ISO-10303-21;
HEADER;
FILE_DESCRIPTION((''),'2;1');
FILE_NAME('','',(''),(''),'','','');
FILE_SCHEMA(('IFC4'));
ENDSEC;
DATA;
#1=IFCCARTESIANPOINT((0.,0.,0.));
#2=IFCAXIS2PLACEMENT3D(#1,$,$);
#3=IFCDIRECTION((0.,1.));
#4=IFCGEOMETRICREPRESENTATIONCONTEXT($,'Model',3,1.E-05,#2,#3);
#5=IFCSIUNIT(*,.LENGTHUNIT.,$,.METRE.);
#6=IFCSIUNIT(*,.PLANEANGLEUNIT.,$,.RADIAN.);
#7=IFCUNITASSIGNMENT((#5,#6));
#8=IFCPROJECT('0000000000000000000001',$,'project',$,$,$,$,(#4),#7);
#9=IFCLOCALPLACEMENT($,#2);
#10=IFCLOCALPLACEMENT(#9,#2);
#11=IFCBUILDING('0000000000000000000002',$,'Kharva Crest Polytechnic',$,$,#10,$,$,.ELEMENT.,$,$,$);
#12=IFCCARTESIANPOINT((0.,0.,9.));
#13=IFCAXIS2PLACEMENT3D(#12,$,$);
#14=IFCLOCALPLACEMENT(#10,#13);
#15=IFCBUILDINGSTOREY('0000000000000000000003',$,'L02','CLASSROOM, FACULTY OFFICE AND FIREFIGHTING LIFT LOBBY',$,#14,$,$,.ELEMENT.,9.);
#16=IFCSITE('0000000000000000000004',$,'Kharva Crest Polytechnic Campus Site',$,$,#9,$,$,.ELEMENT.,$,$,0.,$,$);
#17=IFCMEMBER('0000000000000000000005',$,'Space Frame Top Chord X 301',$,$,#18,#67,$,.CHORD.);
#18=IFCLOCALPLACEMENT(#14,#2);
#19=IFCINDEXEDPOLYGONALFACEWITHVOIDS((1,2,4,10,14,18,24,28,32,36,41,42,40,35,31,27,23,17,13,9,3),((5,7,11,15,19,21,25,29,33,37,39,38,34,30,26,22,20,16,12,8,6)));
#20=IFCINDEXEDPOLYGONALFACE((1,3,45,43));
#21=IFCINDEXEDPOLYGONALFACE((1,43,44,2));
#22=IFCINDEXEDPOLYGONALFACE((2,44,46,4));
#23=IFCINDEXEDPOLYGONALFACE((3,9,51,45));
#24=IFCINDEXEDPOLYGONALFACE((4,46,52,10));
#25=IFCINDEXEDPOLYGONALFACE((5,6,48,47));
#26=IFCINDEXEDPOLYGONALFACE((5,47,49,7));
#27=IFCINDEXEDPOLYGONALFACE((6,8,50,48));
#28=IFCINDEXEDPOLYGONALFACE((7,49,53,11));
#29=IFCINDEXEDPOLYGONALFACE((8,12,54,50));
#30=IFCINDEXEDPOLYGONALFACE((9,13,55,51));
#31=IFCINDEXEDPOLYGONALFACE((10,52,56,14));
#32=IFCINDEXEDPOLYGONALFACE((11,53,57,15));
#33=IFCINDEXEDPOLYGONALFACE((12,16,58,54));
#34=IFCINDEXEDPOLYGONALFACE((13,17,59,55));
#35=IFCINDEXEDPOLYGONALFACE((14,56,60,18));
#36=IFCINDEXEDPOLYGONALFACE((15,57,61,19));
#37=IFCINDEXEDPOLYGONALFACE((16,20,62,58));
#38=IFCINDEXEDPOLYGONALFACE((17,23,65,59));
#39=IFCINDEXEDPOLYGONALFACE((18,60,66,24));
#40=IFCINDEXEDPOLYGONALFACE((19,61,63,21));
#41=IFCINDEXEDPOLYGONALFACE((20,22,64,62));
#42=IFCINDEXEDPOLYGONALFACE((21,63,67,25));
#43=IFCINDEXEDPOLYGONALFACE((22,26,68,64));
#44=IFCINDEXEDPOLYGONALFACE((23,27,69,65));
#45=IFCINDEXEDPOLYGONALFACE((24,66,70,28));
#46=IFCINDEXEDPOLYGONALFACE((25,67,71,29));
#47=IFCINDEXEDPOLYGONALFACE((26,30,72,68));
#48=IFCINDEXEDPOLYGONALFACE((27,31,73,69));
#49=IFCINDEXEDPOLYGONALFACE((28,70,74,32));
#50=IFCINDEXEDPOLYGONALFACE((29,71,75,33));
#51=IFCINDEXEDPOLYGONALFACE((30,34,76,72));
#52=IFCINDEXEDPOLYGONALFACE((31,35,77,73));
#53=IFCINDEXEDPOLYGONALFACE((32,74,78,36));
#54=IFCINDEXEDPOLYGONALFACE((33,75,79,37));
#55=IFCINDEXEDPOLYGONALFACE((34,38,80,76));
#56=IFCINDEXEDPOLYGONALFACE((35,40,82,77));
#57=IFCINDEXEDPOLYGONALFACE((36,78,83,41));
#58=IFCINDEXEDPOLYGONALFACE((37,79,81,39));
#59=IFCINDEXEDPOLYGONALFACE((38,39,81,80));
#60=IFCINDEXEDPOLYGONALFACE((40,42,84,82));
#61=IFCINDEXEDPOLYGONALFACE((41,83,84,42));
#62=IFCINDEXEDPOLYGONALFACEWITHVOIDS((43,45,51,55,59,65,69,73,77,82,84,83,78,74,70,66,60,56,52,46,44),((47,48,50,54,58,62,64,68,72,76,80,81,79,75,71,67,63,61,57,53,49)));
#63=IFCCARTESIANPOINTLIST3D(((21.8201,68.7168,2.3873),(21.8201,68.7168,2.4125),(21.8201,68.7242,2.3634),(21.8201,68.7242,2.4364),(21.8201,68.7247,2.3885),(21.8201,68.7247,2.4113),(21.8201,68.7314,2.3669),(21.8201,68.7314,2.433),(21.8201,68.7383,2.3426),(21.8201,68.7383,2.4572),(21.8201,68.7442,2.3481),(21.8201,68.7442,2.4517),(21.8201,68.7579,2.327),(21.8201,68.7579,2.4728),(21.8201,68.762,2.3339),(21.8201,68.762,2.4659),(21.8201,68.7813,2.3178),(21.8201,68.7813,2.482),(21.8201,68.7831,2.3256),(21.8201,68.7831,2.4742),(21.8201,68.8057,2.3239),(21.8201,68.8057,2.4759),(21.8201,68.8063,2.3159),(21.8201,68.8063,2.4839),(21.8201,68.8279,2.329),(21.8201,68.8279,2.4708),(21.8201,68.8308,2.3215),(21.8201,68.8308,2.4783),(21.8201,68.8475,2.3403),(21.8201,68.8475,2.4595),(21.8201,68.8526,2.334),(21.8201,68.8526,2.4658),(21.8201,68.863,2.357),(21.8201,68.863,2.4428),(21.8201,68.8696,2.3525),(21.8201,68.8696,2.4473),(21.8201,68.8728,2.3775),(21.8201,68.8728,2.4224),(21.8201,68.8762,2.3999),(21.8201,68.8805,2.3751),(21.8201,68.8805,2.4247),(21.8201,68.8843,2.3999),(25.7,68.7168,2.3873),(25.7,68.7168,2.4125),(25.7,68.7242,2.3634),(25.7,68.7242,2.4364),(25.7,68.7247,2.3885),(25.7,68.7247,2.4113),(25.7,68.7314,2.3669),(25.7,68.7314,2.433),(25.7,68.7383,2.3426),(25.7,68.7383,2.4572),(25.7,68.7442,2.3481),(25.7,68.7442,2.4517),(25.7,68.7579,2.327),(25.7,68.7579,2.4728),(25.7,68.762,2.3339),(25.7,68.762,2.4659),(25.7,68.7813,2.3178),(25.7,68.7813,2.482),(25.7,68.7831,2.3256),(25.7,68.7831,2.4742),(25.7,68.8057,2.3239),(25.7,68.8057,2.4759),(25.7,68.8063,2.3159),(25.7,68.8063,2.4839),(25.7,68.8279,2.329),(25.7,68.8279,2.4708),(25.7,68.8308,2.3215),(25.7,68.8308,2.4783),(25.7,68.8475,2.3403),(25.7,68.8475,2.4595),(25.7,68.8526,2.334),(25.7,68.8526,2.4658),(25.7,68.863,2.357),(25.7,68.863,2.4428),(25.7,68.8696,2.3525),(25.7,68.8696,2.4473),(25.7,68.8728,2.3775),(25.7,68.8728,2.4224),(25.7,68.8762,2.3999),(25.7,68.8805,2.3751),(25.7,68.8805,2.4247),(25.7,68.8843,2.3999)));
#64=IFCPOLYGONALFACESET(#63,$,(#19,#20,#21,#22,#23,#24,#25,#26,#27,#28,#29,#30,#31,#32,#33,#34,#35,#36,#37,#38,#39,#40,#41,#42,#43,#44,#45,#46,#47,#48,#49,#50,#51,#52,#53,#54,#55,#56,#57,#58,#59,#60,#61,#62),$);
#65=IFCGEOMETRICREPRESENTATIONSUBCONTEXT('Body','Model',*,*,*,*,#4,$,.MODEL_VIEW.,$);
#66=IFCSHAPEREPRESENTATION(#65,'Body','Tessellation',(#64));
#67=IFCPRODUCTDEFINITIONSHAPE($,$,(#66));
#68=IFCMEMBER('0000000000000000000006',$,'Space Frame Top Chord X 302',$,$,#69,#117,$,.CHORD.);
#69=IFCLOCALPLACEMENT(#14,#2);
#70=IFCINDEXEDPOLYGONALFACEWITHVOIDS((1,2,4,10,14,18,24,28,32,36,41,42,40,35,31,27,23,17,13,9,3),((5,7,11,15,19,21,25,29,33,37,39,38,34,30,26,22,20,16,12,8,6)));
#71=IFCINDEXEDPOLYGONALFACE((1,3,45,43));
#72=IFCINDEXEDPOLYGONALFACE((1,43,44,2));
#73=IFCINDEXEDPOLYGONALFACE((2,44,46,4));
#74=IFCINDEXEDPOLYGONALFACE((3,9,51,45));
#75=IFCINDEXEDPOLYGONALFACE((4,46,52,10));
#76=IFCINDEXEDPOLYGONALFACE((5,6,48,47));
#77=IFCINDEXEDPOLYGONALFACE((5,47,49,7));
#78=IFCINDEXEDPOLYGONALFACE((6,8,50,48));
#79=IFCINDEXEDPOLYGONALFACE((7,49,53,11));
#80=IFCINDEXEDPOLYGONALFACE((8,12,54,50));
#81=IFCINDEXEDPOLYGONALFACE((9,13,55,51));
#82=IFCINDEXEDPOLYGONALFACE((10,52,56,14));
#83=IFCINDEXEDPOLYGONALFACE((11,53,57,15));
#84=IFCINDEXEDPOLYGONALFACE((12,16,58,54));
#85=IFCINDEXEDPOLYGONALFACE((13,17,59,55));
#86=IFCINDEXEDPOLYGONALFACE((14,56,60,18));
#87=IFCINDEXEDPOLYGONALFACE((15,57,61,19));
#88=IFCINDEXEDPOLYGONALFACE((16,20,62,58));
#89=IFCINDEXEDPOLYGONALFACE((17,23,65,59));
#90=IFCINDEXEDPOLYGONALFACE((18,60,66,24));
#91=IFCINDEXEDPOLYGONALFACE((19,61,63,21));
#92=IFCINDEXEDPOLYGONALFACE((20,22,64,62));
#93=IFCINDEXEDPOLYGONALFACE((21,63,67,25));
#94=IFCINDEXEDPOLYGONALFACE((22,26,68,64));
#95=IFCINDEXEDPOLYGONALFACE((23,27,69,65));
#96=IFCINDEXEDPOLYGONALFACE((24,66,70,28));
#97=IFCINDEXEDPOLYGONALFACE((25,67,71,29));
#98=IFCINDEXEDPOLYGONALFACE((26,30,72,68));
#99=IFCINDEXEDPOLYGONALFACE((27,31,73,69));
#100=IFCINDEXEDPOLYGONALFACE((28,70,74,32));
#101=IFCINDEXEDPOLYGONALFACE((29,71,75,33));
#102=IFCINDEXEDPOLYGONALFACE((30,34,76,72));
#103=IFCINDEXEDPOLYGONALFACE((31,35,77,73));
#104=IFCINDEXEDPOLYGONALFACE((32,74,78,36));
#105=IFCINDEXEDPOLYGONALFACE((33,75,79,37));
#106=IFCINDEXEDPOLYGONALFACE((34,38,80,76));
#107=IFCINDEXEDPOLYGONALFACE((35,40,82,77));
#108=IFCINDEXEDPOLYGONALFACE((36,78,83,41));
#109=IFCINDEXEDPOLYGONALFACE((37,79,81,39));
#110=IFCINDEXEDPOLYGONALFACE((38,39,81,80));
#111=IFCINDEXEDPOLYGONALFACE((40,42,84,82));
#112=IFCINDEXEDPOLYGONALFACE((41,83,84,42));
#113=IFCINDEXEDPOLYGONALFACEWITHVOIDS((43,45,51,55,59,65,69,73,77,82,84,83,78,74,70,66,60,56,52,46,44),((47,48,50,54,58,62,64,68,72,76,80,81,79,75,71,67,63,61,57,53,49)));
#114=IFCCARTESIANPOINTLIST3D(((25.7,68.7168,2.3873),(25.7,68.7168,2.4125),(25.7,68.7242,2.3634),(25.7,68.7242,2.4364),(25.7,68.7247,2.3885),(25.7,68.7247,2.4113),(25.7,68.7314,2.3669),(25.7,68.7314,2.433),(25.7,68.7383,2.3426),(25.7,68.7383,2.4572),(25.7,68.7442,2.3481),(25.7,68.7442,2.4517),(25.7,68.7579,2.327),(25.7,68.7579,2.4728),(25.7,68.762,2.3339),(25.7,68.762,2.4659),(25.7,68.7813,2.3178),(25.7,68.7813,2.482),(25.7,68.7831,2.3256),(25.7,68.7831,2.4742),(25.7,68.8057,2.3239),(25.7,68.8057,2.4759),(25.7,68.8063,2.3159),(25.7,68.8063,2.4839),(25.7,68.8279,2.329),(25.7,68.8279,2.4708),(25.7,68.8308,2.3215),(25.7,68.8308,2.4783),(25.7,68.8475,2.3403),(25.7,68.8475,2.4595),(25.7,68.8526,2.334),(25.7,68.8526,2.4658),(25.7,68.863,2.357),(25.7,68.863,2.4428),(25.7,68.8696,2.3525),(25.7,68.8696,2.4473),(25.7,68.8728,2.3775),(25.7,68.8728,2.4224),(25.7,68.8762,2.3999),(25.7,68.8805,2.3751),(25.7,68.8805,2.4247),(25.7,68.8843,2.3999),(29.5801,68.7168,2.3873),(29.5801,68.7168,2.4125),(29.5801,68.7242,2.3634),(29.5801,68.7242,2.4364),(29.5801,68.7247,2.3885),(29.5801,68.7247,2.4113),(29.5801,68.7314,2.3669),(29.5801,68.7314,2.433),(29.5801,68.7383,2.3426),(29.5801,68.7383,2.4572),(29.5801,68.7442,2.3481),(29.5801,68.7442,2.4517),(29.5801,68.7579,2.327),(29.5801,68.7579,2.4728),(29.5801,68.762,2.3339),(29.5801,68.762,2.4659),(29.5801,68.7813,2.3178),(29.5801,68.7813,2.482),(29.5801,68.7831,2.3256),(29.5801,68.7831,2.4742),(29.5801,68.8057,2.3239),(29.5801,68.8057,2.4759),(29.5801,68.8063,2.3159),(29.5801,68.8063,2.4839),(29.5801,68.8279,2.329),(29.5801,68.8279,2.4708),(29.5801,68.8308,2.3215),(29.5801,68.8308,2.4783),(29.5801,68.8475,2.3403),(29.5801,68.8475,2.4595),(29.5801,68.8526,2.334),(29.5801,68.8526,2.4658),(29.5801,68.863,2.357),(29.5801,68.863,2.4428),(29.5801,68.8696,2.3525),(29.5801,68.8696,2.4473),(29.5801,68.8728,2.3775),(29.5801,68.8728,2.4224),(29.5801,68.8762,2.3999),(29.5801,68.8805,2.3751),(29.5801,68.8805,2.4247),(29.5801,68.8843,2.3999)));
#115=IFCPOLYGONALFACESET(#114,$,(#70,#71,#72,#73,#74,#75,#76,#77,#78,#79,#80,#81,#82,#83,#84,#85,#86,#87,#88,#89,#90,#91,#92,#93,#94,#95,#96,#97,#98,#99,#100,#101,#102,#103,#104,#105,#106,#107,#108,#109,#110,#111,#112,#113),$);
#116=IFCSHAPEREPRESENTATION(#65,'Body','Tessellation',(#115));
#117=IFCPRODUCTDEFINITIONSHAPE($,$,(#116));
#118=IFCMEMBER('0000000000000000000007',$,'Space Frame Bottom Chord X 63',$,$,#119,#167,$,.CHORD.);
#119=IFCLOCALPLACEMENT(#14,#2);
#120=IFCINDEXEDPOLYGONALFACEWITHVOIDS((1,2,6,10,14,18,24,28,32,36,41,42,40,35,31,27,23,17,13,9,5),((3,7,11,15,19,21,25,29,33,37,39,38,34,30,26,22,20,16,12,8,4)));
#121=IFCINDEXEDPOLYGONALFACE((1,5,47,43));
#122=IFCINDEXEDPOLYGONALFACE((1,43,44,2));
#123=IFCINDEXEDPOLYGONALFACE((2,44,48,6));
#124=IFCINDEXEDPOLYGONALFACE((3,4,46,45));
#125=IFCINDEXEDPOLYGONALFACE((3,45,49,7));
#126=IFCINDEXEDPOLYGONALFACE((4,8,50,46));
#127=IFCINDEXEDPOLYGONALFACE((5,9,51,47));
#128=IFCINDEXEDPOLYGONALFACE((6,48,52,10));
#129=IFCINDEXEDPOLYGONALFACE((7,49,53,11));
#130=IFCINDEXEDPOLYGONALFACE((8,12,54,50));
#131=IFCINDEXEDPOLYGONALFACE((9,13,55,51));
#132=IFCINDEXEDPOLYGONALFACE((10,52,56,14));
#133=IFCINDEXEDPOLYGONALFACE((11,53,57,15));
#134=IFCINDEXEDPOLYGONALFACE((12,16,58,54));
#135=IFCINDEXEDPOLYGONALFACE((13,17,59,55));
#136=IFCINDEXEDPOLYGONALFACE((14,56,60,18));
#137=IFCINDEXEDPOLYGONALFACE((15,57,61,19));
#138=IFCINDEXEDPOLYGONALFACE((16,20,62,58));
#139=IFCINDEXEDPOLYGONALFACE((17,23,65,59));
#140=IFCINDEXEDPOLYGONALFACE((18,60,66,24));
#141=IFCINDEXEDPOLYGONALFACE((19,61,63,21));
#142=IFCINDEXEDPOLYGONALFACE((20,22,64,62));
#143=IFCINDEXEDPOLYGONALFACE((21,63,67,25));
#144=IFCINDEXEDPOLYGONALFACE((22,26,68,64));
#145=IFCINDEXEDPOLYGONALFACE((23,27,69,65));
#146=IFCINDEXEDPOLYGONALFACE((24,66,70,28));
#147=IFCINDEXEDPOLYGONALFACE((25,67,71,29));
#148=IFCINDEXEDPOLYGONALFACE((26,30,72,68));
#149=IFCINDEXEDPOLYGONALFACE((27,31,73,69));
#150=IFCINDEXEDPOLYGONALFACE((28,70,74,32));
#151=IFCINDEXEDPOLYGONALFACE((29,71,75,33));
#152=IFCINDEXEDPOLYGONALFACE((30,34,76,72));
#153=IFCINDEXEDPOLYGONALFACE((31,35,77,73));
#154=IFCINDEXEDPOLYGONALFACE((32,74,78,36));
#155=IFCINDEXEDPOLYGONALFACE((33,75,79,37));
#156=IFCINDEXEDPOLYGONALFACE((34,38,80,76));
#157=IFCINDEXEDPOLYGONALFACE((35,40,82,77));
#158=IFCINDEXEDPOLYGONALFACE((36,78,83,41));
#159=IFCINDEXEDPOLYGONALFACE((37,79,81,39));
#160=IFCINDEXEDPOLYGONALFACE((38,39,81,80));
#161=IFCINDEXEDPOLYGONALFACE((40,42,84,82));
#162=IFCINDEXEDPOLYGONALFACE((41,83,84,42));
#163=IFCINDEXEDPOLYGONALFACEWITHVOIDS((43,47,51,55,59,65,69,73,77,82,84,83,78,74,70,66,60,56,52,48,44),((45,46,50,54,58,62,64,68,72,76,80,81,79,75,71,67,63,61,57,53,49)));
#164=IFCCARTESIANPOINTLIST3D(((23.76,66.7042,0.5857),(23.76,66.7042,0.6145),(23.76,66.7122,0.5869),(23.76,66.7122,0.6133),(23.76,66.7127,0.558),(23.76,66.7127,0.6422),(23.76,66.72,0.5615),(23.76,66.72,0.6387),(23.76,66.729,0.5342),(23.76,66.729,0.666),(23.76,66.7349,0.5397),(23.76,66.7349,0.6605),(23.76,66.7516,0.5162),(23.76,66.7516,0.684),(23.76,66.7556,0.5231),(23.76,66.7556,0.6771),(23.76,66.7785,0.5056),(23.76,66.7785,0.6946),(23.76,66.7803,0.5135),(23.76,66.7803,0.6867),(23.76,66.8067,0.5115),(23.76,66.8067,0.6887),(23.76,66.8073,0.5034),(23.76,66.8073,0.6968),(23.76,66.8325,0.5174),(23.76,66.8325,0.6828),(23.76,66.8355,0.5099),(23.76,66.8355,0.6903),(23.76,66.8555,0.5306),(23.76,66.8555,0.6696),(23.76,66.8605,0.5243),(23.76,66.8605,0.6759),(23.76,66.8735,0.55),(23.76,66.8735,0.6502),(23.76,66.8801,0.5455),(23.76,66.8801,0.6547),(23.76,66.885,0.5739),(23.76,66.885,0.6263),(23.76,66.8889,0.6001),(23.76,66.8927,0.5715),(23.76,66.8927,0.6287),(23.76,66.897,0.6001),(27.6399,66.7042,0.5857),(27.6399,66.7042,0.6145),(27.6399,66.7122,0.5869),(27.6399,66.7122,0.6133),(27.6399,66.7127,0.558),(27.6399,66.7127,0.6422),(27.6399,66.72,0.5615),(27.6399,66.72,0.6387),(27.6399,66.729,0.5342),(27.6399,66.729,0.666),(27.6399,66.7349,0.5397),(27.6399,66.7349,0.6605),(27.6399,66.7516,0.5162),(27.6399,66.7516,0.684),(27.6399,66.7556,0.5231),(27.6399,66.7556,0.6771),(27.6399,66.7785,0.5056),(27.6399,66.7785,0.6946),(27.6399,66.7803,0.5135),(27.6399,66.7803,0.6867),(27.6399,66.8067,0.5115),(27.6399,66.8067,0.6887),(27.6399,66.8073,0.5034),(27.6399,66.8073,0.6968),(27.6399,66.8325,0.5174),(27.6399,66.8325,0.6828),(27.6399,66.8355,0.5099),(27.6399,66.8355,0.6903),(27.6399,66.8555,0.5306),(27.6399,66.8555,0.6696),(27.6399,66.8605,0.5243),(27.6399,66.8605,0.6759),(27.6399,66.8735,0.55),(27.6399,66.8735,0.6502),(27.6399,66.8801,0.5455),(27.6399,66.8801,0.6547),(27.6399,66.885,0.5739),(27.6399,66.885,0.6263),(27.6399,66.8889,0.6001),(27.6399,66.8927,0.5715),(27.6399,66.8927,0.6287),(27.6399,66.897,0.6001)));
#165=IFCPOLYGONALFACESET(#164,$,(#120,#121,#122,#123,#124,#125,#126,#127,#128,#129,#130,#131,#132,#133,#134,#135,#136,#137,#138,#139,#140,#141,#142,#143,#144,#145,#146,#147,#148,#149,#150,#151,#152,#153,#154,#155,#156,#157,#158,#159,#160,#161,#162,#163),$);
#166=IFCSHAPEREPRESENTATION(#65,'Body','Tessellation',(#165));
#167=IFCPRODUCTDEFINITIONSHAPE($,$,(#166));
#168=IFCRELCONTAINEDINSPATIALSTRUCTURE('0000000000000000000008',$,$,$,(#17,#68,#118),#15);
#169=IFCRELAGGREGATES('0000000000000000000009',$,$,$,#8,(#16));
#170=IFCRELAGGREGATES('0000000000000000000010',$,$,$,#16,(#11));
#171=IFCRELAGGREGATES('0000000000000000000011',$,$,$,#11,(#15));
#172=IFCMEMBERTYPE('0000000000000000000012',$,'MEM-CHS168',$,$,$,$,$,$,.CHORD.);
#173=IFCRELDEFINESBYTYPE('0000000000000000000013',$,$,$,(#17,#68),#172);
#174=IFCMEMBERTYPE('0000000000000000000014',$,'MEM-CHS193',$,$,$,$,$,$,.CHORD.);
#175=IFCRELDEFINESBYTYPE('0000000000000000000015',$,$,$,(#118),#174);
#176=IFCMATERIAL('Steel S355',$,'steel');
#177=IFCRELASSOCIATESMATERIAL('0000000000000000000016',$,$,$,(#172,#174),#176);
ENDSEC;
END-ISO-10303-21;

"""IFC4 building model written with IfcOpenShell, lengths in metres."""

from ifc_helpers import new_model, si_unit, direction, frame, origin, origin_2d, place, context, subcontext, project, spatial, hollow_circle, extrude, material, material_profile, profile_set, type_object, element, save


model = new_model("IFC4")

# Units and contexts
model_context = context("Model", 3, precision=1e-05, world=origin(), true_north=direction((0.0, 1.0)))
body_context = subcontext(model_context, "Body", "Model", "MODEL_VIEW")
ifc_project = project(units=[si_unit("LENGTHUNIT", "METRE"), si_unit("PLANEANGLEUNIT", "RADIAN")], contexts=[model_context])

# Site, building, storey
site_placement = place(None, origin())
site = spatial("IfcSite", under=ifc_project, at=site_placement, Name="Kharva Crest Polytechnic Campus Site", CompositionType="ELEMENT", RefElevation=0.0)
building_placement = place(site_placement, origin())
building = spatial("IfcBuilding", under=site, at=building_placement, Name="Kharva Crest Polytechnic", CompositionType="ELEMENT")
storey_placement = place(building_placement, frame((0.0, 0.0, 9.0)))
storey = spatial("IfcBuildingStorey", under=building, at=storey_placement, Name="L02", Description="CLASSROOM, FACULTY OFFICE AND FIREFIGHTING LIFT LOBBY", CompositionType="ELEMENT", Elevation=9.0)

# Shared definitions
ifc_material_1 = material(Name="Steel S355", Category="steel")

# Members
ifc_material_profile_1 = material_profile(ifc_material_1, hollow_circle(Radius=0.0842, WallThickness=0.0081, at=origin_2d()), Name="CHS 168.3X8.0")
ifc_profile_set_1 = profile_set([ifc_material_profile_1], Name="Steel S355")
member_type_1 = type_object("IfcMemberType", Name="MEM-CHS168", PredefinedType="CHORD", material=ifc_profile_set_1)
member_1_placement = place(storey_placement, frame((21.8201, 68.8, 2.3999), z_axis=(1.0, 0.0, 0.0), x_axis=(0.0, 1.0, 0.0)))
element("IfcMember", 1, at=member_1_placement, inside=storey, type_object=member_type_1, Name="Space Frame Top Chord X 301", PredefinedType="CHORD", context=body_context, shape_type="SweptSolid", body=[
    extrude(hollow_circle(Radius=0.0842, WallThickness=0.0081, at=origin_2d()), origin(), (0.0, 0.0, 1.0), 3.8799),
])
member_2_placement = place(storey_placement, frame((25.7, 68.8, 2.3999), z_axis=(1.0, 0.0, 0.0), x_axis=(0.0, 1.0, 0.0)))
element("IfcMember", 2, at=member_2_placement, inside=storey, type_object=member_type_1, Name="Space Frame Top Chord X 302", PredefinedType="CHORD", context=body_context, shape_type="SweptSolid", body=[
    extrude(hollow_circle(Radius=0.0842, WallThickness=0.0081, at=origin_2d()), origin(), (0.0, 0.0, 1.0), 3.8801),
])
ifc_material_profile_2 = material_profile(ifc_material_1, hollow_circle(Radius=0.0969, WallThickness=0.0081, at=origin_2d()), Name="CHS 193.7X8.0")
ifc_profile_set_2 = profile_set([ifc_material_profile_2], Name="Steel S355")
member_type_2 = type_object("IfcMemberType", Name="MEM-CHS193", PredefinedType="CHORD", material=ifc_profile_set_2)
for number, where, z_axis, x_axis, name in (
    (3, (23.76, 66.8, 0.6001), (1.0, 0.0, 0.0), (0.0, 1.0, 0.0), "Space Frame Bottom Chord X 63"),
):
    element("IfcMember", number, at=place(storey_placement, frame(where, z_axis=z_axis, x_axis=x_axis)), inside=storey, type_object=member_type_2, Name=name, PredefinedType="CHORD", context=body_context, shape_type="SweptSolid", body=[
        extrude(hollow_circle(Radius=0.0969, WallThickness=0.0081, at=origin_2d()), origin(), (0.0, 0.0, 1.0), 3.8799),
    ])

save(model, "model.ifc")
